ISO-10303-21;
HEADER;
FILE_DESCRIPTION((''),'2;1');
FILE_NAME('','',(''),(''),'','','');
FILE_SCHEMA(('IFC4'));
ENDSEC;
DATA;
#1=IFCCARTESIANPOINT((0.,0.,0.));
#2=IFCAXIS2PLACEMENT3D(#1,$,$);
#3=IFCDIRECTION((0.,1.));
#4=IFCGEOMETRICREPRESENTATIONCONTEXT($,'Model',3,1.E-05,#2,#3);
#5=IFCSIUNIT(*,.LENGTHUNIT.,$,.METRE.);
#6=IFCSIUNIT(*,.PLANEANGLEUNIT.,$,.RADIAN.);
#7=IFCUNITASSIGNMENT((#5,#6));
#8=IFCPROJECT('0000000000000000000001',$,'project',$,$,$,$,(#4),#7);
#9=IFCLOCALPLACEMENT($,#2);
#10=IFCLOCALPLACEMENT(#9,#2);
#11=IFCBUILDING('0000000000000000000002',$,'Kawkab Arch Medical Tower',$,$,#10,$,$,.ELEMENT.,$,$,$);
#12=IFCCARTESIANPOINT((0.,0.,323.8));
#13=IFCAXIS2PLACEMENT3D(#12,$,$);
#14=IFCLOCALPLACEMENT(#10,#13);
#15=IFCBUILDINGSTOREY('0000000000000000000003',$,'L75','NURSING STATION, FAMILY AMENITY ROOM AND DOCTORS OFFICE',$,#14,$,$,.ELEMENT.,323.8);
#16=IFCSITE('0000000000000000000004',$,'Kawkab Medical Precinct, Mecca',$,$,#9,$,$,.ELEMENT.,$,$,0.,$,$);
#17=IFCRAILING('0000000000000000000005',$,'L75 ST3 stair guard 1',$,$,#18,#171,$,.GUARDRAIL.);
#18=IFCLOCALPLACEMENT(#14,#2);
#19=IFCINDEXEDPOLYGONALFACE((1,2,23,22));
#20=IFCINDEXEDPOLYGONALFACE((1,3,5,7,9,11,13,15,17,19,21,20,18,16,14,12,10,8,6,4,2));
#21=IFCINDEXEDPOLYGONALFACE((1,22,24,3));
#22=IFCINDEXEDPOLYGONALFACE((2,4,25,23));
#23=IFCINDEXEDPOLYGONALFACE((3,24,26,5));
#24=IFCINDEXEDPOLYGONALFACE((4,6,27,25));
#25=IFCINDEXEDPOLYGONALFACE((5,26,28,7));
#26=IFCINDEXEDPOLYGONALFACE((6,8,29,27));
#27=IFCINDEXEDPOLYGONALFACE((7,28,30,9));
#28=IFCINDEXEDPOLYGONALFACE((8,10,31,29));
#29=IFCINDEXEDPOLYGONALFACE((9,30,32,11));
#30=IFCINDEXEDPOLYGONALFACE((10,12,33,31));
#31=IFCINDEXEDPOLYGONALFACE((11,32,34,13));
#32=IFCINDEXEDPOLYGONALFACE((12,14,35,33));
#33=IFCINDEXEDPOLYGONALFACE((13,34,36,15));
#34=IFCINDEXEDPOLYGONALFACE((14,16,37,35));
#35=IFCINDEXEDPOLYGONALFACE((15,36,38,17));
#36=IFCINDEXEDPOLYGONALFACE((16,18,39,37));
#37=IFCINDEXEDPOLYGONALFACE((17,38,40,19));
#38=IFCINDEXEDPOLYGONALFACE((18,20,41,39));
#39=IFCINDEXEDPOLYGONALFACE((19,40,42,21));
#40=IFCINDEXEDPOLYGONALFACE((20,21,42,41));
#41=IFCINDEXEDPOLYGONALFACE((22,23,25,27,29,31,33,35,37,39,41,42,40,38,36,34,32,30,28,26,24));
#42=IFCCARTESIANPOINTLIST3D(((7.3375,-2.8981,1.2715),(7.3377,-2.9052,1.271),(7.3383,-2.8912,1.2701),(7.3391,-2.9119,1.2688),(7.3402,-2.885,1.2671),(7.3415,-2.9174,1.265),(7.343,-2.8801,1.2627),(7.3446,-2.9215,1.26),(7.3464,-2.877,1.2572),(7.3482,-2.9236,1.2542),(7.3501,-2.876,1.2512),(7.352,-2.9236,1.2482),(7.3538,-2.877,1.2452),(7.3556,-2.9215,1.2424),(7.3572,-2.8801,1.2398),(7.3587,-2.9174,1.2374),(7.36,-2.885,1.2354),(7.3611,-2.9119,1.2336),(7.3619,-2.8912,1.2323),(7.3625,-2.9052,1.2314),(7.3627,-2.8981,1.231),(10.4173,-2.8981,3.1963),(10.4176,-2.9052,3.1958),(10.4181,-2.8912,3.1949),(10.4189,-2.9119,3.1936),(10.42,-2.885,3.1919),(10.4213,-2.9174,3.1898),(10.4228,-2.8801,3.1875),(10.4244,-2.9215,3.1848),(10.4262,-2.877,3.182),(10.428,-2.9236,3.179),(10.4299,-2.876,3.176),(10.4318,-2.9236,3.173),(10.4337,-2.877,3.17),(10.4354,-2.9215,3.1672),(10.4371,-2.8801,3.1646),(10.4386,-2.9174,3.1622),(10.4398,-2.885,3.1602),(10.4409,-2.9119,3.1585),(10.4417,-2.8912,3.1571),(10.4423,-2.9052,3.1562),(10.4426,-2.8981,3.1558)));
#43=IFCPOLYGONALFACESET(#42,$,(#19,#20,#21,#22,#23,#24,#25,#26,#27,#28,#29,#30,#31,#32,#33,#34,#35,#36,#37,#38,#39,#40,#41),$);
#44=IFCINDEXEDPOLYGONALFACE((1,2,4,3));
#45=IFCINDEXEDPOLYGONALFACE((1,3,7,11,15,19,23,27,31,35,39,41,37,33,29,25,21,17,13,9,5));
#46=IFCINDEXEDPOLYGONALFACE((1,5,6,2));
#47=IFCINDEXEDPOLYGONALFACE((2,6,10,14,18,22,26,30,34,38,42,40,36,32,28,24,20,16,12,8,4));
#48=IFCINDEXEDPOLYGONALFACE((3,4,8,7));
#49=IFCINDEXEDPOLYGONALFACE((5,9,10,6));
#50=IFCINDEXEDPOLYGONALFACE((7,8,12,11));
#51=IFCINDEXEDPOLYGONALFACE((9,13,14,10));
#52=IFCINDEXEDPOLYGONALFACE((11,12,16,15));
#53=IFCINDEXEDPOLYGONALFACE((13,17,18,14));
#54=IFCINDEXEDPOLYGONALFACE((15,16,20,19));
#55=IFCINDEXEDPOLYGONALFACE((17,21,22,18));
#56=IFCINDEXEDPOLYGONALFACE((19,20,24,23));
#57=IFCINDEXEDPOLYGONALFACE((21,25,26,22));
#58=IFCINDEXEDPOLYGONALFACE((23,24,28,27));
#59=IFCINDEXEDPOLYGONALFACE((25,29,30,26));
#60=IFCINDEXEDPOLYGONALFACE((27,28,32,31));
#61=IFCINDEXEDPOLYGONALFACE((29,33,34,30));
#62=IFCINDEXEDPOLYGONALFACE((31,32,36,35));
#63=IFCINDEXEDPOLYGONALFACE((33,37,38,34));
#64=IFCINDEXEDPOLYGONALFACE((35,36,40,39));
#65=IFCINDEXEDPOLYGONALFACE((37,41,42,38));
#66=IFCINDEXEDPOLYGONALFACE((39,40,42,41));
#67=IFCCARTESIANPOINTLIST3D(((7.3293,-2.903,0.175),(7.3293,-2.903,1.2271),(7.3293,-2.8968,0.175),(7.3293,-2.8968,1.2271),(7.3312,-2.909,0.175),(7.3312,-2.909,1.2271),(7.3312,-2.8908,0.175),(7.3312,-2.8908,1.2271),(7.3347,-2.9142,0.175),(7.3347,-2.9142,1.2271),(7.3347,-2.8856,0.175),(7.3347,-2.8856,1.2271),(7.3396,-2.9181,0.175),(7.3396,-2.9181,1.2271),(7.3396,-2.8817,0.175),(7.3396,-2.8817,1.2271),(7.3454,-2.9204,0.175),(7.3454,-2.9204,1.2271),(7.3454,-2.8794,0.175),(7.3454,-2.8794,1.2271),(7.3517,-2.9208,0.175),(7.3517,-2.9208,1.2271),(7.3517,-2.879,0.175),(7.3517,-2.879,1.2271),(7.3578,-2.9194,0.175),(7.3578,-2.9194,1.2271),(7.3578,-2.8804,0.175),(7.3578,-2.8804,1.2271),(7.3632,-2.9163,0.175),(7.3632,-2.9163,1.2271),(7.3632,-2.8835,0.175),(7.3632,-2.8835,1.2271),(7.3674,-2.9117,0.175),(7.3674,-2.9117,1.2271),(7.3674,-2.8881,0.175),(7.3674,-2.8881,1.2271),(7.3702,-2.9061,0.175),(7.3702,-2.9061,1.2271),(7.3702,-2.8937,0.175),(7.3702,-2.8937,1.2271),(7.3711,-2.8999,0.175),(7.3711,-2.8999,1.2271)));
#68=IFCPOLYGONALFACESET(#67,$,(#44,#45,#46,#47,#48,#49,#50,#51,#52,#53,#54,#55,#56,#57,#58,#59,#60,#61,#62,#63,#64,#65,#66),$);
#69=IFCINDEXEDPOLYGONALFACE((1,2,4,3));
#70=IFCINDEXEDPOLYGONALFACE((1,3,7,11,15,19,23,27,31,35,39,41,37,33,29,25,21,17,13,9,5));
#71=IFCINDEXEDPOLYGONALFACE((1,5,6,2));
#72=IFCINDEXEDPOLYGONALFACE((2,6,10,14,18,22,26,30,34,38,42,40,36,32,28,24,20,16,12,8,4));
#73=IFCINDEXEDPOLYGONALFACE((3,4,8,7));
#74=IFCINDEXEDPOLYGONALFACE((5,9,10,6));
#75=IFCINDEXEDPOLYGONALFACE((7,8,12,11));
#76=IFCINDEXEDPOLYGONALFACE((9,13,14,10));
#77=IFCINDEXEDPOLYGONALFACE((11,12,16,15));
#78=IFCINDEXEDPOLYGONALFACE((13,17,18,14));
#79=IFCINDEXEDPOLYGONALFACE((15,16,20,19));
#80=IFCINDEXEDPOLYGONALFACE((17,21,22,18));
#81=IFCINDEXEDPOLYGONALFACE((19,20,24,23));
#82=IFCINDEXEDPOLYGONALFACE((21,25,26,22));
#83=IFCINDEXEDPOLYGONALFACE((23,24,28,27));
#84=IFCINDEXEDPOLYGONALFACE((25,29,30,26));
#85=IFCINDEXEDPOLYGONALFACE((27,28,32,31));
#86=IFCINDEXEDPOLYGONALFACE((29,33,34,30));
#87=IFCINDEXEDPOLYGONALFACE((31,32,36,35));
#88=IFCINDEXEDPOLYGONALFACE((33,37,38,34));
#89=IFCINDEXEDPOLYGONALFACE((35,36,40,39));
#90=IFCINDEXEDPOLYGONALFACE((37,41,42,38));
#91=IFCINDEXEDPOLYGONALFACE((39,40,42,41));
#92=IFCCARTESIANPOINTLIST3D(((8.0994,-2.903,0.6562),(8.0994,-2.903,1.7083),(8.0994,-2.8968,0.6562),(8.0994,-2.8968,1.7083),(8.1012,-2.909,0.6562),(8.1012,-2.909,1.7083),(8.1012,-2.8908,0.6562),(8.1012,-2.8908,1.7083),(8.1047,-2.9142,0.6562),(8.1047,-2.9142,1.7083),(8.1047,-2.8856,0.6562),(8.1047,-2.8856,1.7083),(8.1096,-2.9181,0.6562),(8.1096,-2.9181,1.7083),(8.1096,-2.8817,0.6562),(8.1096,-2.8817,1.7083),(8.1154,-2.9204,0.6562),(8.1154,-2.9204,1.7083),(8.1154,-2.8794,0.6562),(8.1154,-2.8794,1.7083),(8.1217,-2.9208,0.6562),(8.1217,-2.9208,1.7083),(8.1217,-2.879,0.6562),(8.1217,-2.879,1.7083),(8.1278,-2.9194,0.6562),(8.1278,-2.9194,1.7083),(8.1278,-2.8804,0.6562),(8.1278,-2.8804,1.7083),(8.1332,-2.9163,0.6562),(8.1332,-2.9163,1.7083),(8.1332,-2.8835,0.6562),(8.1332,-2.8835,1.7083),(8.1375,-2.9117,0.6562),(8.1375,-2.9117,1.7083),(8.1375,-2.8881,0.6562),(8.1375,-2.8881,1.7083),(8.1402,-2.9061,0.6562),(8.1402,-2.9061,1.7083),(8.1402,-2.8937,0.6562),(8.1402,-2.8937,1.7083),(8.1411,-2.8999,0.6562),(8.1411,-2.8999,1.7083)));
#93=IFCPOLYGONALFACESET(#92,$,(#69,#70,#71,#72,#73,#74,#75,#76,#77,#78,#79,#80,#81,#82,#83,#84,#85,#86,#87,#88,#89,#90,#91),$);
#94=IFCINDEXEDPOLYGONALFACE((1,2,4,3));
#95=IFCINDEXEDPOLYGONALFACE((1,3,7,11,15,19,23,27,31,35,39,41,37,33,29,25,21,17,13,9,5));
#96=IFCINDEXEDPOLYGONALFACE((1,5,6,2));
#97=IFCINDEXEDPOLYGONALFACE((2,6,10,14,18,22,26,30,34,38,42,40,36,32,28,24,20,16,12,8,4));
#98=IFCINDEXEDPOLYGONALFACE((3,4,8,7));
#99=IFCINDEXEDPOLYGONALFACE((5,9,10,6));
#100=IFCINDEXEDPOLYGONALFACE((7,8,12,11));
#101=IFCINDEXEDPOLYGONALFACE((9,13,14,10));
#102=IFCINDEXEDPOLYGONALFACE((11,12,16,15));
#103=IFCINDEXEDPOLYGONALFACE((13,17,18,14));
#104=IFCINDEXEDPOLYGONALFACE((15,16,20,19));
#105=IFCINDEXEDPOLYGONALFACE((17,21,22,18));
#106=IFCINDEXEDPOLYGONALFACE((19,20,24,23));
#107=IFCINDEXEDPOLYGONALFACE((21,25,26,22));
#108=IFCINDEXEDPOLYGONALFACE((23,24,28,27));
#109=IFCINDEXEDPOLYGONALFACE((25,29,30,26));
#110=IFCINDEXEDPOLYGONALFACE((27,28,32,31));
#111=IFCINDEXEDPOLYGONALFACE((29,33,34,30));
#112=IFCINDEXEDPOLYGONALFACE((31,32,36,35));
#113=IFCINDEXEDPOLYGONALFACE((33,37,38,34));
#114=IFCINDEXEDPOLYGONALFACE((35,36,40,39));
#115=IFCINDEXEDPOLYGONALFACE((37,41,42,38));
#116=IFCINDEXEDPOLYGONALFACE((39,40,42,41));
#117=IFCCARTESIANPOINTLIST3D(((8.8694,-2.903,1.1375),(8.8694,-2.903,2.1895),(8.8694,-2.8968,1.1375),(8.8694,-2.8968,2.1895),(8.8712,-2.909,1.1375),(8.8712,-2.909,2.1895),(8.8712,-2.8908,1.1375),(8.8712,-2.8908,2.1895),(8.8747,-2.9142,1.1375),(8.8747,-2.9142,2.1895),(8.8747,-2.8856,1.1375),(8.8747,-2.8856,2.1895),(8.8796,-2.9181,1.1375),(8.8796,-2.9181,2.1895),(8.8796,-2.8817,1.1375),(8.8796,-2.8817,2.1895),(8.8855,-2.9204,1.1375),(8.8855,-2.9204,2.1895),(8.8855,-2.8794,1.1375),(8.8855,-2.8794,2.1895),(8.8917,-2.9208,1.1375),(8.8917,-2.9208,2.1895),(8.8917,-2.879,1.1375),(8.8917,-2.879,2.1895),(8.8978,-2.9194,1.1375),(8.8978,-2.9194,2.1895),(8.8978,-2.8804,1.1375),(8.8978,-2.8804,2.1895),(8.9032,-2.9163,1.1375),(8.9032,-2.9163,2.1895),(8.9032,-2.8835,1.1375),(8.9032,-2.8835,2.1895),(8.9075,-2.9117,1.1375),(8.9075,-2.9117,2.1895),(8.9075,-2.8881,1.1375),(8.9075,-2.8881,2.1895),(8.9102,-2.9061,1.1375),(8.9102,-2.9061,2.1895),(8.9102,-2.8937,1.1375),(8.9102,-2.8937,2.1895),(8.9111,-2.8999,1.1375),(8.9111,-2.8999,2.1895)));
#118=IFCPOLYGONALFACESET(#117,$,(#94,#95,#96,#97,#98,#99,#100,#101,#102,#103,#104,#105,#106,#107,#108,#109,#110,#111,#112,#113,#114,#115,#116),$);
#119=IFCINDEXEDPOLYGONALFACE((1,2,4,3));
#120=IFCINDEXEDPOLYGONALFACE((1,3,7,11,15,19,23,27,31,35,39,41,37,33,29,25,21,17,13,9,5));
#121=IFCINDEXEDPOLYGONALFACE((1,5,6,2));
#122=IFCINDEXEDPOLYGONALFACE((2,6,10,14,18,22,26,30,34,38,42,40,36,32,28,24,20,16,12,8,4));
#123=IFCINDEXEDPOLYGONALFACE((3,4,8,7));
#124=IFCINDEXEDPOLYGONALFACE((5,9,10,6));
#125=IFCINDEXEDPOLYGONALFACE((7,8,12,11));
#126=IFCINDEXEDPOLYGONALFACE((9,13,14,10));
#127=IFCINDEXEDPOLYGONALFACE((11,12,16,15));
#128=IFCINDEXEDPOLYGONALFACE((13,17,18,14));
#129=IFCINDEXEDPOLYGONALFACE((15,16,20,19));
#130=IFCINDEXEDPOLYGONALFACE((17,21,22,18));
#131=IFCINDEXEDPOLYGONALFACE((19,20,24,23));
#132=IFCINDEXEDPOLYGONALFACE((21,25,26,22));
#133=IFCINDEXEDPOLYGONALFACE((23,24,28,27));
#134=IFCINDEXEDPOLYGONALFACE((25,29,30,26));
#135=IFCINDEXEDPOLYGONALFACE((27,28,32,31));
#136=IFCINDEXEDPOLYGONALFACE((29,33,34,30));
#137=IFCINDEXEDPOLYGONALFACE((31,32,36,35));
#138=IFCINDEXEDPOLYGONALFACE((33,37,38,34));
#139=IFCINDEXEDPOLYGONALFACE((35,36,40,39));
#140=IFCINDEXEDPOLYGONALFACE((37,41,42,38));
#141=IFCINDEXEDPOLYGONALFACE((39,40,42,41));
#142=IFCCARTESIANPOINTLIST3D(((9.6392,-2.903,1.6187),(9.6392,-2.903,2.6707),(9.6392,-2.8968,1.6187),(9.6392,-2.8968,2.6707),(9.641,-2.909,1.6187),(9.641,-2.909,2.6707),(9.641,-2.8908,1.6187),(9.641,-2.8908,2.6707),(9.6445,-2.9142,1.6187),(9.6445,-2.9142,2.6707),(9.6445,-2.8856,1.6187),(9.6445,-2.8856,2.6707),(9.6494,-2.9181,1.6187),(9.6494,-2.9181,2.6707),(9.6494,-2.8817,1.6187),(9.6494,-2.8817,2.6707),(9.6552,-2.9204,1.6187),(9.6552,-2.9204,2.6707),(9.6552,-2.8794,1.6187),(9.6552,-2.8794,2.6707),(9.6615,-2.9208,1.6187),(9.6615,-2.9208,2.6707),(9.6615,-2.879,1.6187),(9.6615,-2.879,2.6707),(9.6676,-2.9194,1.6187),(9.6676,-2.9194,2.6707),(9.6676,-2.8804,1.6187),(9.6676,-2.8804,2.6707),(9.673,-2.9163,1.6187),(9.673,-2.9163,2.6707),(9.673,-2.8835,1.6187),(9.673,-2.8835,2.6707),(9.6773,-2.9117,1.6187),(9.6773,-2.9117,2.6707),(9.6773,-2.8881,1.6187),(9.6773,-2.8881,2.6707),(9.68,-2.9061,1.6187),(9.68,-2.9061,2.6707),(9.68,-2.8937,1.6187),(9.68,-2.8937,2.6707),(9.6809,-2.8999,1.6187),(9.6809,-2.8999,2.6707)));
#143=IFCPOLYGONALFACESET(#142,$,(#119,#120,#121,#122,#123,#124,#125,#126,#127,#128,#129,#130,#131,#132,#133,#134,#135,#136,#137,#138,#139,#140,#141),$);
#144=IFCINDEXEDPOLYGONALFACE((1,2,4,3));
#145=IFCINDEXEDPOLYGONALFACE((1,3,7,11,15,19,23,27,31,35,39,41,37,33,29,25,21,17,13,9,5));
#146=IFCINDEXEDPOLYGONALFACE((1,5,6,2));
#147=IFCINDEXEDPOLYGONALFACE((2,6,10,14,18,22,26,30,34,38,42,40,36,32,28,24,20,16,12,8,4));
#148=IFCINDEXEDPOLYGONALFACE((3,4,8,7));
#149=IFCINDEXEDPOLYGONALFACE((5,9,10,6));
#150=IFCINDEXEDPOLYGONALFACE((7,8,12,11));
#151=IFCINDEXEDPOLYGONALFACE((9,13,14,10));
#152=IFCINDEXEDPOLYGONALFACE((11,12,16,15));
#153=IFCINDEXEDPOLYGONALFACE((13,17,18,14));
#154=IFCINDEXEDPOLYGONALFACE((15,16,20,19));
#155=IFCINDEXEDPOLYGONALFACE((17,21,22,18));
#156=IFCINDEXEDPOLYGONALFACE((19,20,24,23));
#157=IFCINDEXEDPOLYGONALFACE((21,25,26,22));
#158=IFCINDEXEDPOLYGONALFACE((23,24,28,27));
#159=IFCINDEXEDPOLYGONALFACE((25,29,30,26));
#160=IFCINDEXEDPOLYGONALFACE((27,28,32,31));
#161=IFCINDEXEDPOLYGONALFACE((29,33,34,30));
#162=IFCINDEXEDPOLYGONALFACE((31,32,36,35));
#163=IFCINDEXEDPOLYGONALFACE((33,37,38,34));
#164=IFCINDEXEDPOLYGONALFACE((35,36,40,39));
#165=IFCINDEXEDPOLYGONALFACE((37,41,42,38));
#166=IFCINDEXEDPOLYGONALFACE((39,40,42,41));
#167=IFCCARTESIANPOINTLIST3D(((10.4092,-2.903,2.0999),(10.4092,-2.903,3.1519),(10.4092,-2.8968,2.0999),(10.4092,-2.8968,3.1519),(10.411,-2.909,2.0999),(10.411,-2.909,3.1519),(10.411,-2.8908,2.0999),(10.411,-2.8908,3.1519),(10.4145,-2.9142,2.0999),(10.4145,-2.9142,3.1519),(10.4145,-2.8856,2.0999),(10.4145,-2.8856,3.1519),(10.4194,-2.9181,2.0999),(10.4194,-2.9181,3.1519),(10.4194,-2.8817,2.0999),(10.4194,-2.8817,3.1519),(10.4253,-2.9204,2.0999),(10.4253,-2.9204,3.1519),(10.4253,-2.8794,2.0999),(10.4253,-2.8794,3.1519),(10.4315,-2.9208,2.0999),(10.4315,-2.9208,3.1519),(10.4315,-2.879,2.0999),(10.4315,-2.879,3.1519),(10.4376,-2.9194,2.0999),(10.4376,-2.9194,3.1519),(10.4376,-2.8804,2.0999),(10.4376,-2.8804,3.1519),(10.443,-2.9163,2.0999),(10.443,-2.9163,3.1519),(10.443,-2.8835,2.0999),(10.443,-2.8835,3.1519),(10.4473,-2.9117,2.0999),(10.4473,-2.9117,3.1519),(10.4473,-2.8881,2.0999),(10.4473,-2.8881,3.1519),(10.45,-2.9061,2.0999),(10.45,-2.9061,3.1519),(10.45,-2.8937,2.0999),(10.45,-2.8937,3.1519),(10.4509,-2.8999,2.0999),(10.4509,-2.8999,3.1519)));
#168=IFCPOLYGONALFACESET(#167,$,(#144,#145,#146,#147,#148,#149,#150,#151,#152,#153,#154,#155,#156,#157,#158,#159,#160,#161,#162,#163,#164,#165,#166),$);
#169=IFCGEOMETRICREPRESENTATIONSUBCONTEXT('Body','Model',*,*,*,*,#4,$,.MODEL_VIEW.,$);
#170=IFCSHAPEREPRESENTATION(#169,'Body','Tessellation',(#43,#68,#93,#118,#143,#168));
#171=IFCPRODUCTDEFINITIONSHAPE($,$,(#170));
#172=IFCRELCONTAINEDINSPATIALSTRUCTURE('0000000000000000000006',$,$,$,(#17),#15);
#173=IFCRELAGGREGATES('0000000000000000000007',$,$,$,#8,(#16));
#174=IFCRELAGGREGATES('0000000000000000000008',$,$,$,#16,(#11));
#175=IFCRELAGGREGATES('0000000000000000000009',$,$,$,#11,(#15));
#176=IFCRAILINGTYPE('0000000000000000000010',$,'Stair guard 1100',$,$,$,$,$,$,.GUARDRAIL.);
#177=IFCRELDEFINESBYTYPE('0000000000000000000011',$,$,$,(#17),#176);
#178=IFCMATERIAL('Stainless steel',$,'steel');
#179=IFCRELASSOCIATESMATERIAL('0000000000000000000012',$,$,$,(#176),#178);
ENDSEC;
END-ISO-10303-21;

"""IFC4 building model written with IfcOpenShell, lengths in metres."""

from ifc_helpers import new_model, si_unit, direction, frame, origin, origin_2d, place, context, subcontext, project, spatial, circle, extrude, material, type_object, element, save


model = new_model("IFC4")

# Units and contexts
model_context = context("Model", 3, precision=1e-05, world=origin(), true_north=direction((0.0, 1.0)))
body_context = subcontext(model_context, "Body", "Model", "MODEL_VIEW")
ifc_project = project(units=[si_unit("LENGTHUNIT", "METRE"), si_unit("PLANEANGLEUNIT", "RADIAN")], contexts=[model_context])

# Site, building, storey
site_placement = place(None, origin())
site = spatial("IfcSite", under=ifc_project, at=site_placement, Name="Kawkab Medical Precinct, Mecca", CompositionType="ELEMENT", RefElevation=0.0)
building_placement = place(site_placement, origin())
building = spatial("IfcBuilding", under=site, at=building_placement, Name="Kawkab Arch Medical Tower", CompositionType="ELEMENT")
storey_placement = place(building_placement, frame((0.0, 0.0, 323.8)))
storey = spatial("IfcBuildingStorey", under=building, at=storey_placement, Name="L75", Description="NURSING STATION, FAMILY AMENITY ROOM AND DOCTORS OFFICE", CompositionType="ELEMENT", Elevation=323.8)

# Railing
ifc_material_1 = material(Name="Stainless steel", Category="steel")
railing_type_1 = type_object("IfcRailingType", Name="Stair guard 1100", PredefinedType="GUARDRAIL", material=ifc_material_1)
railing_1_placement = place(storey_placement, frame((7.3501, -2.8999, 0.175)))
element("IfcRailing", 1, at=railing_1_placement, inside=storey, type_object=railing_type_1, Name="L75 ST3 stair guard 1", PredefinedType="GUARDRAIL", context=body_context, shape_type="SweptSolid", body=[
    extrude(circle(Radius=0.0239, at=origin_2d()), frame((0.0, 0.0, 1.0762), z_axis=(0.84801, 0.0, 0.529981), x_axis=(0.0, 1.0, 0.0)), (0.0, 0.0, 1.0), 3.6318),
    extrude(circle(Radius=0.021, at=origin_2d()), origin(), (0.0, 0.0, 1.0), 1.052),
    extrude(circle(Radius=0.021, at=origin_2d()), frame((0.77, 0.0, 0.4812)), (0.0, 0.0, 1.0), 1.052),
    extrude(circle(Radius=0.021, at=origin_2d()), frame((1.54, 0.0, 0.9624)), (0.0, 0.0, 1.0), 1.052),
    extrude(circle(Radius=0.021, at=origin_2d()), frame((2.3098, 0.0, 1.4436)), (0.0, 0.0, 1.0), 1.052),
    extrude(circle(Radius=0.021, at=origin_2d()), frame((3.0798, 0.0, 1.9248)), (0.0, 0.0, 1.0), 1.052),
])

save(model, "model.ifc")
